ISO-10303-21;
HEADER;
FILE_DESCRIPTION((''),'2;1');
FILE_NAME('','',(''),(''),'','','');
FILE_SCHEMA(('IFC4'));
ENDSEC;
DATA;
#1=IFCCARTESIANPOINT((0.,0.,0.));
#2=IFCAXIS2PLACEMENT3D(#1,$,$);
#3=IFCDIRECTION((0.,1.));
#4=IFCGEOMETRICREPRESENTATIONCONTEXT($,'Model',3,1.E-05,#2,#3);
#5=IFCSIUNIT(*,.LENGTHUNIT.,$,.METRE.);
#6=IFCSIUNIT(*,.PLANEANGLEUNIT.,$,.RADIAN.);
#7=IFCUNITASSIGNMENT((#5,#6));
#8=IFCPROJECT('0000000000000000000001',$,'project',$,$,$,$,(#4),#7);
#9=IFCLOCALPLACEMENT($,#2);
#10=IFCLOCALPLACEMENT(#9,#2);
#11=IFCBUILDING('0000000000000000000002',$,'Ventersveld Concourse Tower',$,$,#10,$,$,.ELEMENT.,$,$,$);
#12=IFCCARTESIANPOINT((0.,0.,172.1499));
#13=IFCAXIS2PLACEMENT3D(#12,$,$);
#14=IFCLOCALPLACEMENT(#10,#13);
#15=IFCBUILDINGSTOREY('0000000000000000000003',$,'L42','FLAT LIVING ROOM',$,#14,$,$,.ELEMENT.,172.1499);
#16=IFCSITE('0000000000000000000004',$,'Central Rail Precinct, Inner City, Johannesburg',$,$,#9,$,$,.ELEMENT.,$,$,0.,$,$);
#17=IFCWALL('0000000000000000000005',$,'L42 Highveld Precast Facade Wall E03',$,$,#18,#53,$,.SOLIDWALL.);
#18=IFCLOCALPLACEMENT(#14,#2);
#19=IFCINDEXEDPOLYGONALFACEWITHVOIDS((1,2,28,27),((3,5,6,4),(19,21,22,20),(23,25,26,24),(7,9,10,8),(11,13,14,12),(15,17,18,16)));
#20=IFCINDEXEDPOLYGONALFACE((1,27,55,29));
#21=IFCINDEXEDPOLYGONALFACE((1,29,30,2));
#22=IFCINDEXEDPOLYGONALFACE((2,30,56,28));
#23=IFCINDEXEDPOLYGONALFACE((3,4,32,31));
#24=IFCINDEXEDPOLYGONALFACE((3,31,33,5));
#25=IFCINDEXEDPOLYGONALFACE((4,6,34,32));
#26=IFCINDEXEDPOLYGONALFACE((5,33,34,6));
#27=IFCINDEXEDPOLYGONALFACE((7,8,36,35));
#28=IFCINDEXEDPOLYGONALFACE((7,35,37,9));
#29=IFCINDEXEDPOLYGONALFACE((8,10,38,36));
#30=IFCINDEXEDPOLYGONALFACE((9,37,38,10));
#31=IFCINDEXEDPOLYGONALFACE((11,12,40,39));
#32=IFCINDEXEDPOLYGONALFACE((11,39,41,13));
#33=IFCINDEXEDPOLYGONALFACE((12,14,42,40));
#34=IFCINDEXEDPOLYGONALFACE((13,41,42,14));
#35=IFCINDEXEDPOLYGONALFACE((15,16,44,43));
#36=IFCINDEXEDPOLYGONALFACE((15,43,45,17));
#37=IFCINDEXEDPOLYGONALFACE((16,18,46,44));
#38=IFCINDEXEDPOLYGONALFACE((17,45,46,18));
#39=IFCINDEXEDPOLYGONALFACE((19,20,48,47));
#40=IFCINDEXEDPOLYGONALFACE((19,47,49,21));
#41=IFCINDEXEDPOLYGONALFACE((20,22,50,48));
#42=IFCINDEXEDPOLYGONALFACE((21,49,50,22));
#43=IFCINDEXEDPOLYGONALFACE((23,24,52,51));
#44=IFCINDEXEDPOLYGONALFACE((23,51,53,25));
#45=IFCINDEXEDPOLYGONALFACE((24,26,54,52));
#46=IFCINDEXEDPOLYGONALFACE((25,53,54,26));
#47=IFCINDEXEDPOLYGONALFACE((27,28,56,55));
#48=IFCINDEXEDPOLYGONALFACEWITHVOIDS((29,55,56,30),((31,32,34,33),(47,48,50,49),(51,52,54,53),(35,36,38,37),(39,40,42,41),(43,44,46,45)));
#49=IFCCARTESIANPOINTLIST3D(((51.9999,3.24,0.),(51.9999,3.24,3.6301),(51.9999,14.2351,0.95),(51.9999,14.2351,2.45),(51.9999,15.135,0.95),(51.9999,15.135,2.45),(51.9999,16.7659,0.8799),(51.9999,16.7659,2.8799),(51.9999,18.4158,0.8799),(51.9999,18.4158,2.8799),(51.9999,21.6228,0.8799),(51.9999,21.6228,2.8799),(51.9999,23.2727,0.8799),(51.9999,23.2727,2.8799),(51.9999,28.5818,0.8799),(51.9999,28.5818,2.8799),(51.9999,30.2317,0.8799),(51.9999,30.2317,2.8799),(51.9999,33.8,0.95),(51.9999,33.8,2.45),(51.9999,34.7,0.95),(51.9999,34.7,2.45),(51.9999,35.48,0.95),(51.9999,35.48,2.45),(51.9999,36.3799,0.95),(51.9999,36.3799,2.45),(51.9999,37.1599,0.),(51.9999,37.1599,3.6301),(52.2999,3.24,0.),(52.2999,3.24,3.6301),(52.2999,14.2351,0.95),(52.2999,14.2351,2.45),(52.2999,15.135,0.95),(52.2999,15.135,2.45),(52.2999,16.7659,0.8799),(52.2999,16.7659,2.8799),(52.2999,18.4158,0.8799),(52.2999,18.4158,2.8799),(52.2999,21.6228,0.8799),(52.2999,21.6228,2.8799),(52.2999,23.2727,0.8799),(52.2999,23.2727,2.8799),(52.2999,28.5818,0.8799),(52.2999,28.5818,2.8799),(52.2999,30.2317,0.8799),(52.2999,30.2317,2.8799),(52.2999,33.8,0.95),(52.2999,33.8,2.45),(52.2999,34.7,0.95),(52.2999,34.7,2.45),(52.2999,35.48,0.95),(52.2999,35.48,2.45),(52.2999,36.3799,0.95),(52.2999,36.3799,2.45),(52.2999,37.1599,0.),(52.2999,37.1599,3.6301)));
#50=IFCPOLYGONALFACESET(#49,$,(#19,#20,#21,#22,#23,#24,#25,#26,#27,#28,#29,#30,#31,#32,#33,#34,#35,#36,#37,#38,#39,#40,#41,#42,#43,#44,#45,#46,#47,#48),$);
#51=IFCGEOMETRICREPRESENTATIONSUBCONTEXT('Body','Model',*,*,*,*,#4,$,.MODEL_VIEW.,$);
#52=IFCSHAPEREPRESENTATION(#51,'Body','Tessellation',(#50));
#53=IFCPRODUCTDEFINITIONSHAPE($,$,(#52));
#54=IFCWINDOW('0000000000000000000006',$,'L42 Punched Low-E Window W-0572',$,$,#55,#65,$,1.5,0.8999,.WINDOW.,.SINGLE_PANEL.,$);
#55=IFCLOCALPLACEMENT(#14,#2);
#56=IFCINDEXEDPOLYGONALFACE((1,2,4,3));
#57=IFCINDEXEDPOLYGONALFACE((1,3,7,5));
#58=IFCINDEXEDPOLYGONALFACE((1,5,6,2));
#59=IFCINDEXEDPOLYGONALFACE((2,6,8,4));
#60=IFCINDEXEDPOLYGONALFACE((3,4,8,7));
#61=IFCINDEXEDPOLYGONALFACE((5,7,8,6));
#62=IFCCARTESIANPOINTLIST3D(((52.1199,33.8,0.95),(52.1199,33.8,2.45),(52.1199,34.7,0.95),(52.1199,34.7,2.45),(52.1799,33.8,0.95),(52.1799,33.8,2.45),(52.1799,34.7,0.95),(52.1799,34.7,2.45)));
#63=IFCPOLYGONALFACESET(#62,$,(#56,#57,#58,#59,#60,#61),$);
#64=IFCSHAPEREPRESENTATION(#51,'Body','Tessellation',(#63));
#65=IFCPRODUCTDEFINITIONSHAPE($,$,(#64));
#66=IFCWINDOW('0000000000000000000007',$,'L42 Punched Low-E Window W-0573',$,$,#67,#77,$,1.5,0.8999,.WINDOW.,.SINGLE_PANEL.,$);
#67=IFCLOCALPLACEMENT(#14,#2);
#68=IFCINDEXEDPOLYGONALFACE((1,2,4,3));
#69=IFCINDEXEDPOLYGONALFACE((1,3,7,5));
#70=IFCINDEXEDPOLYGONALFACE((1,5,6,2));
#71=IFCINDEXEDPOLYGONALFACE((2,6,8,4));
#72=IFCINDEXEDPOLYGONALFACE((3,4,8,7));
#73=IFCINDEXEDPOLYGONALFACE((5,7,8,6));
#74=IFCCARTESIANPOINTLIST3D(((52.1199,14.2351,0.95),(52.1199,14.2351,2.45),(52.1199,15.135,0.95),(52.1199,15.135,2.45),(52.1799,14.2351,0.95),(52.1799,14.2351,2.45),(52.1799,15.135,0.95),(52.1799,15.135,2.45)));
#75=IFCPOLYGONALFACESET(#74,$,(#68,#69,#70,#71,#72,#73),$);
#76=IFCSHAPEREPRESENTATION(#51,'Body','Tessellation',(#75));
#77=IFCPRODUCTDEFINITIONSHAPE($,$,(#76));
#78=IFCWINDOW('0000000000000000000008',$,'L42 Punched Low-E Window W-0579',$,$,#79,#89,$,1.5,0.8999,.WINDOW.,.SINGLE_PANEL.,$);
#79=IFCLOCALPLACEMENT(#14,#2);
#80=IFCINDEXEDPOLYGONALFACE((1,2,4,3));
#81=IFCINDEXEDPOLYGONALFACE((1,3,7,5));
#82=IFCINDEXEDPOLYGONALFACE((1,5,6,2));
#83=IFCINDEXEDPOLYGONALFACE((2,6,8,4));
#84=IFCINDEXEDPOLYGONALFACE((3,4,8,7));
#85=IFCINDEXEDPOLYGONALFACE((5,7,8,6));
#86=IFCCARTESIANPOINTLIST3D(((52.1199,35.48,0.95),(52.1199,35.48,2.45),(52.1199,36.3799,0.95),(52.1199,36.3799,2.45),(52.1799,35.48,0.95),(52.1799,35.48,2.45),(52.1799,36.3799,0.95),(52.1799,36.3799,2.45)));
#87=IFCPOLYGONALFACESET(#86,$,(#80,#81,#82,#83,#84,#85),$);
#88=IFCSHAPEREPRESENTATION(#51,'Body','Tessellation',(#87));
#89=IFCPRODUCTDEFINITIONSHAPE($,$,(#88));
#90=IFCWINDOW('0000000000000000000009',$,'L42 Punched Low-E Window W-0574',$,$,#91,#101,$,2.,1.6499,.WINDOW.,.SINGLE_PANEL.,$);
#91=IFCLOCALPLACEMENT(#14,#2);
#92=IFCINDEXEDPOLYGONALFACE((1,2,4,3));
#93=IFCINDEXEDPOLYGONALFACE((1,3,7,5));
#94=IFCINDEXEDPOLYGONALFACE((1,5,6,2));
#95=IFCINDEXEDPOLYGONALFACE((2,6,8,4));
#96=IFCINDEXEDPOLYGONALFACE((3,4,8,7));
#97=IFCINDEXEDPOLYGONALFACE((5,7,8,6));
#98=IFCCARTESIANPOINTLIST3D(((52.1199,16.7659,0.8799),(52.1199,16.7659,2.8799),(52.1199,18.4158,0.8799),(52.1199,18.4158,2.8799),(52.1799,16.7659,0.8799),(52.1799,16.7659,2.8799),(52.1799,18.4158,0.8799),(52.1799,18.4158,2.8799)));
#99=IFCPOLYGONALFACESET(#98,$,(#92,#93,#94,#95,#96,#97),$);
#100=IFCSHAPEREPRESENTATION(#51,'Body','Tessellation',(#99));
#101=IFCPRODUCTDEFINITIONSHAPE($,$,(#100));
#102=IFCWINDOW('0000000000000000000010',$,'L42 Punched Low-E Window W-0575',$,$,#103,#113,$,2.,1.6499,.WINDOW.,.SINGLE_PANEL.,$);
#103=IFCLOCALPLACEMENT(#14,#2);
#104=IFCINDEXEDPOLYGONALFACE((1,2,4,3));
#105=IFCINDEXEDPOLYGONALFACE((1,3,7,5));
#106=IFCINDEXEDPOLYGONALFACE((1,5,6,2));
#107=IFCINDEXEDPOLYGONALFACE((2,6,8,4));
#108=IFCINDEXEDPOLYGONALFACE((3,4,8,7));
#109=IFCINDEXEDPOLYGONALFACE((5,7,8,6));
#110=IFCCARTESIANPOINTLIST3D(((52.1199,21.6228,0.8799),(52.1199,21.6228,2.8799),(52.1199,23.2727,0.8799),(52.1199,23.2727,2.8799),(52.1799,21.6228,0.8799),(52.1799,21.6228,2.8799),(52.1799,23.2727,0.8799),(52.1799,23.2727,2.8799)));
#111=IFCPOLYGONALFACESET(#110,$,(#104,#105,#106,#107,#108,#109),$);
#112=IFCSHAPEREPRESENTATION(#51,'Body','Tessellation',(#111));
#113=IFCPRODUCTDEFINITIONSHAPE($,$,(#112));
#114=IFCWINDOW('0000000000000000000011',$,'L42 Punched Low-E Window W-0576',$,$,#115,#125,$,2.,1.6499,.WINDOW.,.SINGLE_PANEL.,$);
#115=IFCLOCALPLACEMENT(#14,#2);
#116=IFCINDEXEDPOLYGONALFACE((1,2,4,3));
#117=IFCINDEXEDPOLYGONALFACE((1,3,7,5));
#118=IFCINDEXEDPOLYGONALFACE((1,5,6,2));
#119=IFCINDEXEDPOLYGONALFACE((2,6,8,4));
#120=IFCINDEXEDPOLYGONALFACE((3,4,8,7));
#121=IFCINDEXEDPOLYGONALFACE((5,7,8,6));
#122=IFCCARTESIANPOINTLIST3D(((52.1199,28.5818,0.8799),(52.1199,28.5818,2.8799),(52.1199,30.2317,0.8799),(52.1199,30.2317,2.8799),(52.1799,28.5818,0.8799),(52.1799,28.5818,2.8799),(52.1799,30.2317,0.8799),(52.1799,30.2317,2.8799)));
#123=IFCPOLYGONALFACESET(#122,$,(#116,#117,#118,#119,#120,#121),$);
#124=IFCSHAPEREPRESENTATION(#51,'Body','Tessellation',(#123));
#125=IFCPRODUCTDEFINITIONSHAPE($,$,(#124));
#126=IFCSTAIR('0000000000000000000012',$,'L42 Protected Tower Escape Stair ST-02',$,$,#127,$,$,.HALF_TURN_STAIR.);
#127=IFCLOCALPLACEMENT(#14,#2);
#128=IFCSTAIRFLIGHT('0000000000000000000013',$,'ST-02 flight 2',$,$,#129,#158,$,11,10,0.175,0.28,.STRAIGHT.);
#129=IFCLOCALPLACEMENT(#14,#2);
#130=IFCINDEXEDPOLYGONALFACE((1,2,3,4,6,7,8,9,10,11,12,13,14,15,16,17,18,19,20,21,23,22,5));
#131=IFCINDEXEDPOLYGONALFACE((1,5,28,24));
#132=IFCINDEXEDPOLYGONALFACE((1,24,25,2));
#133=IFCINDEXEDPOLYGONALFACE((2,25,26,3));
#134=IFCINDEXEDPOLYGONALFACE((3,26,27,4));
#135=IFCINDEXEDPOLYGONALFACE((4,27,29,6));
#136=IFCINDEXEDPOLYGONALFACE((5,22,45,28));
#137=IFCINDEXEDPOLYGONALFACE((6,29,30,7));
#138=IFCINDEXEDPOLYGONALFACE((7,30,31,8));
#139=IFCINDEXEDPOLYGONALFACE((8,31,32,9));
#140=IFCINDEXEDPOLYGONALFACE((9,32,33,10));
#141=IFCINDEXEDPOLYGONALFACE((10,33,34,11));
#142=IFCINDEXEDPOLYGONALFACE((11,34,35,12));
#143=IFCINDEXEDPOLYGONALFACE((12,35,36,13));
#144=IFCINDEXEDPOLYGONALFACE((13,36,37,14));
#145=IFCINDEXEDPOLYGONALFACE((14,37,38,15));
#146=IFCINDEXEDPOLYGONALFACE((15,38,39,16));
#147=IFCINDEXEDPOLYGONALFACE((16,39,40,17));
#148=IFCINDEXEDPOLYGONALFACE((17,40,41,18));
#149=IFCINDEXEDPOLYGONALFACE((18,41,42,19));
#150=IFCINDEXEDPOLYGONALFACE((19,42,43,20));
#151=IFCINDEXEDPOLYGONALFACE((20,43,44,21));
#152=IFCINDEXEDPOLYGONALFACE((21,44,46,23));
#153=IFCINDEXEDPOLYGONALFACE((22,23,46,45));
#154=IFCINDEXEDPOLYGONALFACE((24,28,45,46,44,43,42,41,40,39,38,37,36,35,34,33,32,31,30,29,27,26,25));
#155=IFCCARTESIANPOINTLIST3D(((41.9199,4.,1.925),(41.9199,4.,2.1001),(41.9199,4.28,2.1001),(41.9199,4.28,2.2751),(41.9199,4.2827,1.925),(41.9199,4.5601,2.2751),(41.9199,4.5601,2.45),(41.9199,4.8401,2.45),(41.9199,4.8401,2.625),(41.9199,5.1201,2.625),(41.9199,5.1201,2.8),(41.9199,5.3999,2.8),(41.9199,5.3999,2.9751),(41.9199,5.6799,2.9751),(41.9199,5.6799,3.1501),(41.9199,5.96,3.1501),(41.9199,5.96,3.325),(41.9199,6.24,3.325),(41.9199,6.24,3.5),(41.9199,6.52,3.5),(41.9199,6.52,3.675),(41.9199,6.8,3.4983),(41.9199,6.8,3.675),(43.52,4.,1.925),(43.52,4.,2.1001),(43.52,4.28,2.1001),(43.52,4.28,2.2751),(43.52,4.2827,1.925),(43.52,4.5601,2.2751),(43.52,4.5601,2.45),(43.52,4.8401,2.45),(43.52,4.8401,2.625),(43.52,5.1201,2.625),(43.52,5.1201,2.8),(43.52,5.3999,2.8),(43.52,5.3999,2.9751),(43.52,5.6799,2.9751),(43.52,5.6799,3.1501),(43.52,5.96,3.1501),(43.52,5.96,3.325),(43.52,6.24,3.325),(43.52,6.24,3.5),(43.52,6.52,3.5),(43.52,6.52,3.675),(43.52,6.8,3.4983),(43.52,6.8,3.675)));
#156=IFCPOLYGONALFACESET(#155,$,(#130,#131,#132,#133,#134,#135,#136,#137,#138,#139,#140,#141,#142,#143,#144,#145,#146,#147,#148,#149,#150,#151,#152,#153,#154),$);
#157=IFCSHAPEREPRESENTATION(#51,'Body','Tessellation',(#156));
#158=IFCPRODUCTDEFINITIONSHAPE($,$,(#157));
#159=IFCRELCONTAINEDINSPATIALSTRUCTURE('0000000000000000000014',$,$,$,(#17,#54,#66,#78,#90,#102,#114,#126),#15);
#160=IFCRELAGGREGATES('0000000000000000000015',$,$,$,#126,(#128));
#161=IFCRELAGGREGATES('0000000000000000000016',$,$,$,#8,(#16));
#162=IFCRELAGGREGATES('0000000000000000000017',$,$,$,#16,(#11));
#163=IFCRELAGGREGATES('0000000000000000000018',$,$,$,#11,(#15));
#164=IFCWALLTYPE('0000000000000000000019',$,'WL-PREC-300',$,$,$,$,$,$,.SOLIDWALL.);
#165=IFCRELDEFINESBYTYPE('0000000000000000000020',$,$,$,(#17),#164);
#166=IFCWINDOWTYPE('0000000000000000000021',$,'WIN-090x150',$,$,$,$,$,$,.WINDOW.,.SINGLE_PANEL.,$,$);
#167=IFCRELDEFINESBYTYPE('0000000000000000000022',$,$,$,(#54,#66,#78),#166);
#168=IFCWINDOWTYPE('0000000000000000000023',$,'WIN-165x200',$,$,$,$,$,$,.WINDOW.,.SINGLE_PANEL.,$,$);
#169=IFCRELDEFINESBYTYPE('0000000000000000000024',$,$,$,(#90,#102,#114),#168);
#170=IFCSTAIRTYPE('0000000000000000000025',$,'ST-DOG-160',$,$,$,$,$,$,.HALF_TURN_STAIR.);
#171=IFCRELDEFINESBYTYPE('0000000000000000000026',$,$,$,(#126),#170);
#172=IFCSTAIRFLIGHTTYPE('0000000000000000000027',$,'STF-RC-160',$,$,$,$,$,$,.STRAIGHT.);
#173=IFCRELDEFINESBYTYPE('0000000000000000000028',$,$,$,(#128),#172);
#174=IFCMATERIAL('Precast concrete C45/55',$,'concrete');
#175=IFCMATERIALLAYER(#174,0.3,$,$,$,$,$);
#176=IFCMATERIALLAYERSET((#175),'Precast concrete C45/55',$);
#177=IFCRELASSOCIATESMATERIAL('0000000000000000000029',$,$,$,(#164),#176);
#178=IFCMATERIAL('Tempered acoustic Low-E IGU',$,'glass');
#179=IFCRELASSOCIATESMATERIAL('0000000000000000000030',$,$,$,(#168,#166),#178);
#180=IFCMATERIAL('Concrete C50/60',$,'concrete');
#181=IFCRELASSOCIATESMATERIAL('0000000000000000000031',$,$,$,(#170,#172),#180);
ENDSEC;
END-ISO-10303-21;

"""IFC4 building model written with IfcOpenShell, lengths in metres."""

from ifc_helpers import new_model, si_unit, direction, frame, frame_2d, origin, place, context, subcontext, project, spatial, polyline, rectangle, outline, extrude, material, layer, layer_set, type_object, element, fill, aggregate, save


model = new_model("IFC4")

# Units and contexts
model_context = context("Model", 3, precision=1e-05, world=origin(), true_north=direction((0.0, 1.0)))
body_context = subcontext(model_context, "Body", "Model", "MODEL_VIEW")
ifc_project = project(units=[si_unit("LENGTHUNIT", "METRE"), si_unit("PLANEANGLEUNIT", "RADIAN")], contexts=[model_context])

# Site, building, storey
site_placement = place(None, origin())
site = spatial("IfcSite", under=ifc_project, at=site_placement, Name="Central Rail Precinct, Inner City, Johannesburg", CompositionType="ELEMENT", RefElevation=0.0)
building_placement = place(site_placement, origin())
building = spatial("IfcBuilding", under=site, at=building_placement, Name="Ventersveld Concourse Tower", CompositionType="ELEMENT")
storey_placement = place(building_placement, frame((0.0, 0.0, 172.1499)))
storey = spatial("IfcBuildingStorey", under=building, at=storey_placement, Name="L42", Description="FLAT LIVING ROOM", CompositionType="ELEMENT", Elevation=172.1499)

# Shared definitions
ifc_material_1 = material(Name="Concrete C50/60", Category="concrete")

# Shared definitions
ifc_material_2 = material(Name="Precast concrete C45/55", Category="concrete")
ifc_layer_1 = layer(ifc_material_2, 0.3)
ifc_layer_set_1 = layer_set([ifc_layer_1], Name="Precast concrete C45/55")
wall_type_1 = type_object("IfcWallType", Name="WL-PREC-300", PredefinedType="SOLIDWALL", material=ifc_layer_set_1)
ifc_material_3 = material(Name="Tempered acoustic Low-E IGU", Category="glass")
window_type_1 = type_object("IfcWindowType", Name="WIN-165x200", PartitioningType="SINGLE_PANEL", PredefinedType="WINDOW", material=ifc_material_3)

# Wall, openings, windows
wall_1_placement = place(storey_placement, frame((52.1499, 3.24, 0.0), z_axis=(0.0, 0.0, 1.0), x_axis=(0.0, 1.0, 0.0)))
wall_1 = element("IfcWall", 1, at=wall_1_placement, inside=storey, type_object=wall_type_1, Name="L42 Highveld Precast Facade Wall E03", PredefinedType="SOLIDWALL", context=body_context, shape_type="SweptSolid", body=[
    extrude(rectangle(XDim=33.9199, YDim=0.3, at=frame_2d((16.96, 0.0))), origin(), (0.0, 0.0, 1.0), 3.6301),
])
opening_1_placement = place(wall_1_placement, frame((30.5601, 0.0, 0.95)))
opening_1 = element("IfcOpeningElement", 2, at=opening_1_placement, cuts=wall_1, PredefinedType="OPENING", context=body_context, shape_type="SweptSolid", body=[
    extrude(rectangle(XDim=0.8999, YDim=1.5, at=frame_2d((0.45, 0.75))), frame((0.0, 0.1602, 0.0), z_axis=(0.0, -1.0, 0.0), x_axis=(1.0, 0.0, 0.0)), (0.0, 0.0, 1.0), 0.3201),
])
opening_2_placement = place(wall_1_placement, frame((10.9951, 0.0, 0.95)))
opening_2 = element("IfcOpeningElement", 3, at=opening_2_placement, cuts=wall_1, PredefinedType="OPENING", context=body_context, shape_type="SweptSolid", body=[
    extrude(rectangle(XDim=0.8999, YDim=1.5, at=frame_2d((0.45, 0.75))), frame((0.0, 0.1602, 0.0), z_axis=(0.0, -1.0, 0.0), x_axis=(1.0, 0.0, 0.0)), (0.0, 0.0, 1.0), 0.3201),
])
opening_3_placement = place(wall_1_placement, frame((13.5259, 0.0, 0.8799)))
opening_3 = element("IfcOpeningElement", 4, at=opening_3_placement, cuts=wall_1, PredefinedType="OPENING", context=body_context, shape_type="SweptSolid", body=[
    extrude(rectangle(XDim=1.6499, YDim=2.0, at=frame_2d((0.825, 1.0))), frame((0.0, 0.1602, 0.0), z_axis=(0.0, -1.0, 0.0), x_axis=(1.0, 0.0, 0.0)), (0.0, 0.0, 1.0), 0.3201),
])
opening_4_placement = place(wall_1_placement, frame((18.3828, 0.0, 0.8799)))
opening_4 = element("IfcOpeningElement", 5, at=opening_4_placement, cuts=wall_1, PredefinedType="OPENING", context=body_context, shape_type="SweptSolid", body=[
    extrude(rectangle(XDim=1.6499, YDim=2.0, at=frame_2d((0.825, 1.0))), frame((0.0, 0.1602, 0.0), z_axis=(0.0, -1.0, 0.0), x_axis=(1.0, 0.0, 0.0)), (0.0, 0.0, 1.0), 0.3201),
])
opening_5_placement = place(wall_1_placement, frame((25.3418, 0.0, 0.8799)))
opening_5 = element("IfcOpeningElement", 6, at=opening_5_placement, cuts=wall_1, PredefinedType="OPENING", context=body_context, shape_type="SweptSolid", body=[
    extrude(rectangle(XDim=1.6499, YDim=2.0, at=frame_2d((0.825, 1.0))), frame((0.0, 0.1602, 0.0), z_axis=(0.0, -1.0, 0.0), x_axis=(1.0, 0.0, 0.0)), (0.0, 0.0, 1.0), 0.3201),
])
opening_6_placement = place(wall_1_placement, frame((32.24, 0.0, 0.95)))
opening_6 = element("IfcOpeningElement", 7, at=opening_6_placement, cuts=wall_1, PredefinedType="OPENING", context=body_context, shape_type="SweptSolid", body=[
    extrude(rectangle(XDim=0.8999, YDim=1.5, at=frame_2d((0.45, 0.75))), frame((0.0, 0.1602, 0.0), z_axis=(0.0, -1.0, 0.0), x_axis=(1.0, 0.0, 0.0)), (0.0, 0.0, 1.0), 0.3201),
])
window_type_2 = type_object("IfcWindowType", Name="WIN-090x150", PartitioningType="SINGLE_PANEL", PredefinedType="WINDOW", material=ifc_material_3)
window_1_placement = place(opening_1_placement, origin())
window_1 = element("IfcWindow", 8, at=window_1_placement, inside=storey, type_object=window_type_2, Name="L42 Punched Low-E Window W-0572", OverallHeight=1.5, OverallWidth=0.8999, PartitioningType="SINGLE_PANEL", PredefinedType="WINDOW", context=body_context, shape_type="SweptSolid", body=[
    extrude(rectangle(XDim=0.8999, YDim=1.5, at=frame_2d((0.45, 0.75))), frame((0.0, 0.03, 0.0), z_axis=(0.0, -1.0, 0.0), x_axis=(1.0, 0.0, 0.0)), (0.0, 0.0, 1.0), 0.0601),
])
fill(opening_1, window_1)
window_2_placement = place(opening_2_placement, origin())
window_2 = element("IfcWindow", 9, at=window_2_placement, inside=storey, type_object=window_type_2, Name="L42 Punched Low-E Window W-0573", OverallHeight=1.5, OverallWidth=0.8999, PartitioningType="SINGLE_PANEL", PredefinedType="WINDOW", context=body_context, shape_type="SweptSolid", body=[
    extrude(rectangle(XDim=0.8999, YDim=1.5, at=frame_2d((0.45, 0.75))), frame((0.0, 0.03, 0.0), z_axis=(0.0, -1.0, 0.0), x_axis=(1.0, 0.0, 0.0)), (0.0, 0.0, 1.0), 0.0601),
])
fill(opening_2, window_2)
window_3_placement = place(opening_6_placement, origin())
window_3 = element("IfcWindow", 10, at=window_3_placement, inside=storey, type_object=window_type_2, Name="L42 Punched Low-E Window W-0579", OverallHeight=1.5, OverallWidth=0.8999, PartitioningType="SINGLE_PANEL", PredefinedType="WINDOW", context=body_context, shape_type="SweptSolid", body=[
    extrude(rectangle(XDim=0.8999, YDim=1.5, at=frame_2d((0.45, 0.75))), frame((0.0, 0.03, 0.0), z_axis=(0.0, -1.0, 0.0), x_axis=(1.0, 0.0, 0.0)), (0.0, 0.0, 1.0), 0.0601),
])
fill(opening_6, window_3)
window_4_placement = place(opening_3_placement, origin())
window_4 = element("IfcWindow", 11, at=window_4_placement, inside=storey, type_object=window_type_1, Name="L42 Punched Low-E Window W-0574", OverallHeight=2.0, OverallWidth=1.6499, PartitioningType="SINGLE_PANEL", PredefinedType="WINDOW", context=body_context, shape_type="SweptSolid", body=[
    extrude(rectangle(XDim=1.6499, YDim=2.0, at=frame_2d((0.825, 1.0))), frame((0.0, 0.03, 0.0), z_axis=(0.0, -1.0, 0.0), x_axis=(1.0, 0.0, 0.0)), (0.0, 0.0, 1.0), 0.0601),
])
fill(opening_3, window_4)
window_5_placement = place(opening_4_placement, origin())
window_5 = element("IfcWindow", 12, at=window_5_placement, inside=storey, type_object=window_type_1, Name="L42 Punched Low-E Window W-0575", OverallHeight=2.0, OverallWidth=1.6499, PartitioningType="SINGLE_PANEL", PredefinedType="WINDOW", context=body_context, shape_type="SweptSolid", body=[
    extrude(rectangle(XDim=1.6499, YDim=2.0, at=frame_2d((0.825, 1.0))), frame((0.0, 0.03, 0.0), z_axis=(0.0, -1.0, 0.0), x_axis=(1.0, 0.0, 0.0)), (0.0, 0.0, 1.0), 0.0601),
])
fill(opening_4, window_5)
window_6_placement = place(opening_5_placement, origin())
window_6 = element("IfcWindow", 13, at=window_6_placement, inside=storey, type_object=window_type_1, Name="L42 Punched Low-E Window W-0576", OverallHeight=2.0, OverallWidth=1.6499, PartitioningType="SINGLE_PANEL", PredefinedType="WINDOW", context=body_context, shape_type="SweptSolid", body=[
    extrude(rectangle(XDim=1.6499, YDim=2.0, at=frame_2d((0.825, 1.0))), frame((0.0, 0.03, 0.0), z_axis=(0.0, -1.0, 0.0), x_axis=(1.0, 0.0, 0.0)), (0.0, 0.0, 1.0), 0.0601),
])
fill(opening_5, window_6)

# Stair, stair flight
stair_type = type_object("IfcStairType", Name="ST-DOG-160", PredefinedType="HALF_TURN_STAIR", material=ifc_material_1)
stair_placement = place(storey_placement, origin())
stair = element("IfcStair", 14, at=stair_placement, inside=storey, type_object=stair_type, Name="L42 Protected Tower Escape Stair ST-02", PredefinedType="HALF_TURN_STAIR")
stair_flight_type = type_object("IfcStairFlightType", Name="STF-RC-160", PredefinedType="STRAIGHT", material=ifc_material_1)
stair_flight_placement = place(storey_placement, frame((42.72, 4.0, 1.925), z_axis=(0.0, 0.0, 1.0), x_axis=(0.0, 1.0, 0.0)))
stair_flight = element("IfcStairFlight", 15, at=stair_flight_placement, type_object=stair_flight_type, Name="ST-02 flight 2", NumberOfRisers=11, NumberOfTreads=10, PredefinedType="STRAIGHT", RiserHeight=0.175, TreadLength=0.28, context=body_context, shape_type="SweptSolid", body=[
    extrude(outline(polyline([(0.0, 0.0), (0.0, 0.175), (0.28, 0.175), (0.28, 0.3501), (0.5601, 0.3501), (0.5601, 0.5249), (0.8401, 0.5249), (0.8401, 0.7), (1.1201, 0.7), (1.1201, 0.875), (1.3999, 0.875), (1.3999, 1.05), (1.6799, 1.05), (1.6799, 1.2251), (1.96, 1.2251), (1.96, 1.3999), (2.24, 1.3999), (2.24, 1.575), (2.52, 1.575), (2.52, 1.75), (2.8, 1.75), (2.8, 1.925), (2.8, 1.5732), (0.2827, 0.0), (0.0, 0.0)])), frame((0.0, 0.8, 0.0), z_axis=(0.0, -1.0, 0.0), x_axis=(1.0, 0.0, 0.0)), (0.0, 0.0, 1.0), 1.6001),
])
aggregate(stair, [stair_flight])

save(model, "model.ifc")
